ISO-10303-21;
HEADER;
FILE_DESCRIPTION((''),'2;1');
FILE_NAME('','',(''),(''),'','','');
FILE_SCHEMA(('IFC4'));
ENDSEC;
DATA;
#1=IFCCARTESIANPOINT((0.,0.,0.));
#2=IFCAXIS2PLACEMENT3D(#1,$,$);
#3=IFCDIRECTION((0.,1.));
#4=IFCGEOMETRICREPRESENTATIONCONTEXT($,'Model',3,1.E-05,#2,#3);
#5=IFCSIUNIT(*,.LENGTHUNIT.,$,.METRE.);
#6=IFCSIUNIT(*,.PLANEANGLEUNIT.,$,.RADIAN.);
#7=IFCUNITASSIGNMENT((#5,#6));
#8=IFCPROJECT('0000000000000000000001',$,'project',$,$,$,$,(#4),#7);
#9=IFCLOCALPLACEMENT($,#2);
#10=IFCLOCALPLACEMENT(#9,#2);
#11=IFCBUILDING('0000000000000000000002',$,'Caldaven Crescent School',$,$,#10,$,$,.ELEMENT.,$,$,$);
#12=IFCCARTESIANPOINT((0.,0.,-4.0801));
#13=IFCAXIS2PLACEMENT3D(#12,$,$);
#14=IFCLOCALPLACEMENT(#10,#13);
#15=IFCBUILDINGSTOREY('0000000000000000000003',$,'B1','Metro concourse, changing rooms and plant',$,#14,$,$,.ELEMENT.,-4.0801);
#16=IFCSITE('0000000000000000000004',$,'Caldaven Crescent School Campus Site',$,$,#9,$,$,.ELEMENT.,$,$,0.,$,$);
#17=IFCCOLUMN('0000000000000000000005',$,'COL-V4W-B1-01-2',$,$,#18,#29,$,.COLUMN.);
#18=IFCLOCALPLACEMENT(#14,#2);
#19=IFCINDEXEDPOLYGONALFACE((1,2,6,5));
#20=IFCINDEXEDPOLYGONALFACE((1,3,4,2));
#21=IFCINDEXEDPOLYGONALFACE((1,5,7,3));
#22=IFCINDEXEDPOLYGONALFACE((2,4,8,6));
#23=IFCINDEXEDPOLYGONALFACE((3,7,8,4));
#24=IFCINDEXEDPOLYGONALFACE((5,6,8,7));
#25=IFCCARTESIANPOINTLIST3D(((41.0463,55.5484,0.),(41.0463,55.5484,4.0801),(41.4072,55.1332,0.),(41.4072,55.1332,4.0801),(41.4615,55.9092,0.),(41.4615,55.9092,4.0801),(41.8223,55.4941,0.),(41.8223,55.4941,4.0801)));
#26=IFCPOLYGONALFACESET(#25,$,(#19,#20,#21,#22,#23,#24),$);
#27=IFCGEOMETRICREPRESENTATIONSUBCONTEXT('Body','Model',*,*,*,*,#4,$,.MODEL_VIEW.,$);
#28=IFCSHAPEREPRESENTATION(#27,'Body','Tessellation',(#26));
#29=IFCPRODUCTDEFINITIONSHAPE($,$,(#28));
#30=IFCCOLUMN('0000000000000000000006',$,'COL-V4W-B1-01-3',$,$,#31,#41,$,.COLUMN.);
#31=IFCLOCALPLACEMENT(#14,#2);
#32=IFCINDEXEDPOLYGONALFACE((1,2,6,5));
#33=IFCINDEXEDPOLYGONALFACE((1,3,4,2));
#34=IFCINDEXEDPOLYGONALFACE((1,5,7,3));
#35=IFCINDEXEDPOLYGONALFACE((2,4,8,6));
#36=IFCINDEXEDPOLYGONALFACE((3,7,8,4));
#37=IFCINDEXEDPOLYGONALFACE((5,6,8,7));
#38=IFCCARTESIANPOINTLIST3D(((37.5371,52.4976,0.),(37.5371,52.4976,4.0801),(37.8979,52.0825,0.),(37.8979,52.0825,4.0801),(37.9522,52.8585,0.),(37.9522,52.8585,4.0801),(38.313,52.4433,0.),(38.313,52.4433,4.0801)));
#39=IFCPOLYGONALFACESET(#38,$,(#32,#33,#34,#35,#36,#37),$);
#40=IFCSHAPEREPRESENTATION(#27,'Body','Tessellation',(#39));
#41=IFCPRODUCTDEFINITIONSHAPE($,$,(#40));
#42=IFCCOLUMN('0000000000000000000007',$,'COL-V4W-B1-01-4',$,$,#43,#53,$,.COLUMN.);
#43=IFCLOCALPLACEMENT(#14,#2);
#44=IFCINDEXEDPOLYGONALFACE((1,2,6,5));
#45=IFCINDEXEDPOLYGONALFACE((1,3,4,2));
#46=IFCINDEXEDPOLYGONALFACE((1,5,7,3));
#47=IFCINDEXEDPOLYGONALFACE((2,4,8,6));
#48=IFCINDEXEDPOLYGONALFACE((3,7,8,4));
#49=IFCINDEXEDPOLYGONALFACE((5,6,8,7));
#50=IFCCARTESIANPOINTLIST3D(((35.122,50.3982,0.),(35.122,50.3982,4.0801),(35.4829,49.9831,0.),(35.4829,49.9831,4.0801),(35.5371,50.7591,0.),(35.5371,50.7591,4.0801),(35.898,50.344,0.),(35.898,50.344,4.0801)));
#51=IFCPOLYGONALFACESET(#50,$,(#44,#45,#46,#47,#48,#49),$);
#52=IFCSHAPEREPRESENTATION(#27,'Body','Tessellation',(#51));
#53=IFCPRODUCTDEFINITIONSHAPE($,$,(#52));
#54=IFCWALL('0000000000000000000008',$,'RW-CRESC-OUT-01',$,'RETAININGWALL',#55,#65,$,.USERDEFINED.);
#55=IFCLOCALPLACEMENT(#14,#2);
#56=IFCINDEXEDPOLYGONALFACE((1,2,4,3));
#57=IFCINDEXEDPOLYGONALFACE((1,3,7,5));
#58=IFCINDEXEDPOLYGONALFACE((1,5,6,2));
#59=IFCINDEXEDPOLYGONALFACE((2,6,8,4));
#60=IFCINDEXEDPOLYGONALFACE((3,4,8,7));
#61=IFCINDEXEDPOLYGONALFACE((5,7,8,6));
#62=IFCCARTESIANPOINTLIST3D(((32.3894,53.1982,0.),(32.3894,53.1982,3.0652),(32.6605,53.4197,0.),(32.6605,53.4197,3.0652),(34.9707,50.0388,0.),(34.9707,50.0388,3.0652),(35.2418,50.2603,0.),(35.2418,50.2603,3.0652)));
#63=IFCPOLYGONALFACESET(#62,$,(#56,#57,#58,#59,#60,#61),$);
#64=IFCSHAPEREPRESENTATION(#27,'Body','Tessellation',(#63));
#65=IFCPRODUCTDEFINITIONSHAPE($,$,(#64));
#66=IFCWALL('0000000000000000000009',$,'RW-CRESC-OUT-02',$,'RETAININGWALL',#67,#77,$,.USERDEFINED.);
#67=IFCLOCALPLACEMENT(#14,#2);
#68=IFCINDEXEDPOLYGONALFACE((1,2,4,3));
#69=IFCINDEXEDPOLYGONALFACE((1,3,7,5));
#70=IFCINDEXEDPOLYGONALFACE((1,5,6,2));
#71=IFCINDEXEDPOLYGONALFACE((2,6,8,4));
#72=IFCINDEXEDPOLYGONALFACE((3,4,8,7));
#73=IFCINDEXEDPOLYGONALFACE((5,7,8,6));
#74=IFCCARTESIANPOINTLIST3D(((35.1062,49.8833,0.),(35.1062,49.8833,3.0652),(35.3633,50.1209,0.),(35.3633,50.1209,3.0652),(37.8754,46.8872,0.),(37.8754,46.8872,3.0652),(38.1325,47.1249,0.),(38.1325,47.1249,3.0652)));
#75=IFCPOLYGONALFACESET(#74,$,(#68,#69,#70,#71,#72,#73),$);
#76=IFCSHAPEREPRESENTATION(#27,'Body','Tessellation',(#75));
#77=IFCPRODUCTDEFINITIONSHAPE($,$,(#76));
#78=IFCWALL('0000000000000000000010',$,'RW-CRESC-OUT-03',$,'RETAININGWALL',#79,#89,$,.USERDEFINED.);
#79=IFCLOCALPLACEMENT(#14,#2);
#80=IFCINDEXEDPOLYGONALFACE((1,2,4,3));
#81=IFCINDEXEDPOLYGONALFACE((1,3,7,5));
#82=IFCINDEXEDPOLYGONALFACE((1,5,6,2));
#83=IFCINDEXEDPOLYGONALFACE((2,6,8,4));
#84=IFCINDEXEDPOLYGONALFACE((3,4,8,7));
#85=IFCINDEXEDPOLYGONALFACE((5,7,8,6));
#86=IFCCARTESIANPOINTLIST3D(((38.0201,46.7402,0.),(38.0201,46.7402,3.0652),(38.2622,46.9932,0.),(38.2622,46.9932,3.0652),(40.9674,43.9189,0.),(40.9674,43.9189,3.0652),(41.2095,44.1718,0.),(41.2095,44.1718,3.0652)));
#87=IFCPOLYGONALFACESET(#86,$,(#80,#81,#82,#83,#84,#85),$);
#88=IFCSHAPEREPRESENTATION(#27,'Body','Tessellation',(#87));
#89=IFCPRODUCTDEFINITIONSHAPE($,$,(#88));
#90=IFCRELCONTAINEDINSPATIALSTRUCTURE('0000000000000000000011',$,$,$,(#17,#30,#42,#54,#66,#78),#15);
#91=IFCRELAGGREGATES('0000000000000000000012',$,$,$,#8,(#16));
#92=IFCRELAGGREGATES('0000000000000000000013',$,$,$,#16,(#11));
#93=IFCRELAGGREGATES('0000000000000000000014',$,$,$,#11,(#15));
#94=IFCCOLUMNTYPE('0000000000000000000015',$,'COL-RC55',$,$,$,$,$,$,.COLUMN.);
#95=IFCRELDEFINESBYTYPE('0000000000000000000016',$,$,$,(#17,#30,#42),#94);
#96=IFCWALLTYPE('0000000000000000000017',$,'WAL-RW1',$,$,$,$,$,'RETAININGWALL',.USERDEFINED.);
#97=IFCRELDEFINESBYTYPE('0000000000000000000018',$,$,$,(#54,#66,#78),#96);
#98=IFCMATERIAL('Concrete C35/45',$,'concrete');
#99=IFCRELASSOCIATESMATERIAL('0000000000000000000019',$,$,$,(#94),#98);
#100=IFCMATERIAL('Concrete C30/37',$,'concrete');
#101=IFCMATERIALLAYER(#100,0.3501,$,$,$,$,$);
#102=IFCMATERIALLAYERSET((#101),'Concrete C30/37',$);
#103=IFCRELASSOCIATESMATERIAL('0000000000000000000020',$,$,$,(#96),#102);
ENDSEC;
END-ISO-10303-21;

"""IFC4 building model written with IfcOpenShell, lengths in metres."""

from ifc_helpers import new_model, si_unit, direction, frame, frame_2d, origin, origin_2d, place, context, subcontext, project, spatial, rectangle, extrude, material, layer, layer_set, material_profile, profile_set, type_object, element, save


model = new_model("IFC4")

# Units and contexts
model_context = context("Model", 3, precision=1e-05, world=origin(), true_north=direction((0.0, 1.0)))
body_context = subcontext(model_context, "Body", "Model", "MODEL_VIEW")
ifc_project = project(units=[si_unit("LENGTHUNIT", "METRE"), si_unit("PLANEANGLEUNIT", "RADIAN")], contexts=[model_context])

# Site, building, storey
site_placement = place(None, origin())
site = spatial("IfcSite", under=ifc_project, at=site_placement, Name="Caldaven Crescent School Campus Site", CompositionType="ELEMENT", RefElevation=0.0)
building_placement = place(site_placement, origin())
building = spatial("IfcBuilding", under=site, at=building_placement, Name="Caldaven Crescent School", CompositionType="ELEMENT")
storey_placement = place(building_placement, frame((0.0, 0.0, -4.0801)))
storey = spatial("IfcBuildingStorey", under=building, at=storey_placement, Name="B1", Description="Metro concourse, changing rooms and plant", CompositionType="ELEMENT", Elevation=-4.0801)

# Shared definitions
ifc_material_1 = material(Name="Concrete C30/37", Category="concrete")
ifc_material_2 = material(Name="Concrete C35/45", Category="concrete")

# Columns
ifc_material_profile_1 = material_profile(ifc_material_2, rectangle(XDim=0.55, YDim=0.55, at=origin_2d()), Name="RC 550x550")
ifc_profile_set_1 = profile_set([ifc_material_profile_1], Name="Concrete C35/45")
column_type = type_object("IfcColumnType", Name="COL-RC55", PredefinedType="COLUMN", material=ifc_profile_set_1)
for number, where, z_axis, x_axis, name in (
    (1, (41.4343, 55.5212, 0.0), (0.0, 0.0, 1.0), (-0.75471, -0.656059, 0.0), "COL-V4W-B1-01-2"),
    (2, (37.925, 52.4705, 0.0), (0.0, 0.0, 1.0), (-0.75471, -0.656059, 0.0), "COL-V4W-B1-01-3"),
    (3, (35.51, 50.3711, 0.0), (0.0, 0.0, 1.0), (-0.75471, -0.656059, 0.0), "COL-V4W-B1-01-4"),
):
    element("IfcColumn", number, at=place(storey_placement, frame(where, z_axis=z_axis, x_axis=x_axis)), inside=storey, type_object=column_type, Name=name, PredefinedType="COLUMN", context=body_context, shape_type="SweptSolid", body=[
        extrude(rectangle(XDim=0.55, YDim=0.55, at=origin_2d()), origin(), (0.0, 0.0, 1.0), 4.0801),
    ])

# Walls
ifc_layer = layer(ifc_material_1, 0.3501)
ifc_layer_set = layer_set([ifc_layer], Name="Concrete C30/37")
wall_type = type_object("IfcWallType", Name="WAL-RW1", ElementType="RETAININGWALL", PredefinedType="USERDEFINED", material=ifc_layer_set)
for number, where, z_axis, x_axis, name in (
    (4, (32.5249, 53.3091, 0.0), (0.0, 0.0, 1.0), (0.632697, -0.7744, 0.0), "RW-CRESC-OUT-01"),
    (5, (35.2346, 50.0022, 0.0), (0.0, 0.0, 1.0), (0.678765, -0.734356, 0.0), "RW-CRESC-OUT-02"),
):
    element("IfcWall", number, at=place(storey_placement, frame(where, z_axis=z_axis, x_axis=x_axis)), inside=storey, type_object=wall_type, Name=name, ObjectType="RETAININGWALL", PredefinedType="USERDEFINED", context=body_context, shape_type="SweptSolid", body=[
        extrude(rectangle(XDim=4.0798, YDim=0.3501, at=frame_2d((2.04, 0.0))), origin(), (0.0, 0.0, 1.0), 3.0652),
    ])
wall_placement = place(storey_placement, frame((38.1411, 46.8667, 0.0), z_axis=(0.0, 0.0, 1.0), x_axis=(0.722377, -0.6915, 0.0)))
element("IfcWall", 6, at=wall_placement, inside=storey, type_object=wall_type, Name="RW-CRESC-OUT-03", ObjectType="RETAININGWALL", PredefinedType="USERDEFINED", context=body_context, shape_type="SweptSolid", body=[
    extrude(rectangle(XDim=4.0801, YDim=0.3501, at=frame_2d((2.04, 0.0))), origin(), (0.0, 0.0, 1.0), 3.0652),
])

save(model, "model.ifc")
